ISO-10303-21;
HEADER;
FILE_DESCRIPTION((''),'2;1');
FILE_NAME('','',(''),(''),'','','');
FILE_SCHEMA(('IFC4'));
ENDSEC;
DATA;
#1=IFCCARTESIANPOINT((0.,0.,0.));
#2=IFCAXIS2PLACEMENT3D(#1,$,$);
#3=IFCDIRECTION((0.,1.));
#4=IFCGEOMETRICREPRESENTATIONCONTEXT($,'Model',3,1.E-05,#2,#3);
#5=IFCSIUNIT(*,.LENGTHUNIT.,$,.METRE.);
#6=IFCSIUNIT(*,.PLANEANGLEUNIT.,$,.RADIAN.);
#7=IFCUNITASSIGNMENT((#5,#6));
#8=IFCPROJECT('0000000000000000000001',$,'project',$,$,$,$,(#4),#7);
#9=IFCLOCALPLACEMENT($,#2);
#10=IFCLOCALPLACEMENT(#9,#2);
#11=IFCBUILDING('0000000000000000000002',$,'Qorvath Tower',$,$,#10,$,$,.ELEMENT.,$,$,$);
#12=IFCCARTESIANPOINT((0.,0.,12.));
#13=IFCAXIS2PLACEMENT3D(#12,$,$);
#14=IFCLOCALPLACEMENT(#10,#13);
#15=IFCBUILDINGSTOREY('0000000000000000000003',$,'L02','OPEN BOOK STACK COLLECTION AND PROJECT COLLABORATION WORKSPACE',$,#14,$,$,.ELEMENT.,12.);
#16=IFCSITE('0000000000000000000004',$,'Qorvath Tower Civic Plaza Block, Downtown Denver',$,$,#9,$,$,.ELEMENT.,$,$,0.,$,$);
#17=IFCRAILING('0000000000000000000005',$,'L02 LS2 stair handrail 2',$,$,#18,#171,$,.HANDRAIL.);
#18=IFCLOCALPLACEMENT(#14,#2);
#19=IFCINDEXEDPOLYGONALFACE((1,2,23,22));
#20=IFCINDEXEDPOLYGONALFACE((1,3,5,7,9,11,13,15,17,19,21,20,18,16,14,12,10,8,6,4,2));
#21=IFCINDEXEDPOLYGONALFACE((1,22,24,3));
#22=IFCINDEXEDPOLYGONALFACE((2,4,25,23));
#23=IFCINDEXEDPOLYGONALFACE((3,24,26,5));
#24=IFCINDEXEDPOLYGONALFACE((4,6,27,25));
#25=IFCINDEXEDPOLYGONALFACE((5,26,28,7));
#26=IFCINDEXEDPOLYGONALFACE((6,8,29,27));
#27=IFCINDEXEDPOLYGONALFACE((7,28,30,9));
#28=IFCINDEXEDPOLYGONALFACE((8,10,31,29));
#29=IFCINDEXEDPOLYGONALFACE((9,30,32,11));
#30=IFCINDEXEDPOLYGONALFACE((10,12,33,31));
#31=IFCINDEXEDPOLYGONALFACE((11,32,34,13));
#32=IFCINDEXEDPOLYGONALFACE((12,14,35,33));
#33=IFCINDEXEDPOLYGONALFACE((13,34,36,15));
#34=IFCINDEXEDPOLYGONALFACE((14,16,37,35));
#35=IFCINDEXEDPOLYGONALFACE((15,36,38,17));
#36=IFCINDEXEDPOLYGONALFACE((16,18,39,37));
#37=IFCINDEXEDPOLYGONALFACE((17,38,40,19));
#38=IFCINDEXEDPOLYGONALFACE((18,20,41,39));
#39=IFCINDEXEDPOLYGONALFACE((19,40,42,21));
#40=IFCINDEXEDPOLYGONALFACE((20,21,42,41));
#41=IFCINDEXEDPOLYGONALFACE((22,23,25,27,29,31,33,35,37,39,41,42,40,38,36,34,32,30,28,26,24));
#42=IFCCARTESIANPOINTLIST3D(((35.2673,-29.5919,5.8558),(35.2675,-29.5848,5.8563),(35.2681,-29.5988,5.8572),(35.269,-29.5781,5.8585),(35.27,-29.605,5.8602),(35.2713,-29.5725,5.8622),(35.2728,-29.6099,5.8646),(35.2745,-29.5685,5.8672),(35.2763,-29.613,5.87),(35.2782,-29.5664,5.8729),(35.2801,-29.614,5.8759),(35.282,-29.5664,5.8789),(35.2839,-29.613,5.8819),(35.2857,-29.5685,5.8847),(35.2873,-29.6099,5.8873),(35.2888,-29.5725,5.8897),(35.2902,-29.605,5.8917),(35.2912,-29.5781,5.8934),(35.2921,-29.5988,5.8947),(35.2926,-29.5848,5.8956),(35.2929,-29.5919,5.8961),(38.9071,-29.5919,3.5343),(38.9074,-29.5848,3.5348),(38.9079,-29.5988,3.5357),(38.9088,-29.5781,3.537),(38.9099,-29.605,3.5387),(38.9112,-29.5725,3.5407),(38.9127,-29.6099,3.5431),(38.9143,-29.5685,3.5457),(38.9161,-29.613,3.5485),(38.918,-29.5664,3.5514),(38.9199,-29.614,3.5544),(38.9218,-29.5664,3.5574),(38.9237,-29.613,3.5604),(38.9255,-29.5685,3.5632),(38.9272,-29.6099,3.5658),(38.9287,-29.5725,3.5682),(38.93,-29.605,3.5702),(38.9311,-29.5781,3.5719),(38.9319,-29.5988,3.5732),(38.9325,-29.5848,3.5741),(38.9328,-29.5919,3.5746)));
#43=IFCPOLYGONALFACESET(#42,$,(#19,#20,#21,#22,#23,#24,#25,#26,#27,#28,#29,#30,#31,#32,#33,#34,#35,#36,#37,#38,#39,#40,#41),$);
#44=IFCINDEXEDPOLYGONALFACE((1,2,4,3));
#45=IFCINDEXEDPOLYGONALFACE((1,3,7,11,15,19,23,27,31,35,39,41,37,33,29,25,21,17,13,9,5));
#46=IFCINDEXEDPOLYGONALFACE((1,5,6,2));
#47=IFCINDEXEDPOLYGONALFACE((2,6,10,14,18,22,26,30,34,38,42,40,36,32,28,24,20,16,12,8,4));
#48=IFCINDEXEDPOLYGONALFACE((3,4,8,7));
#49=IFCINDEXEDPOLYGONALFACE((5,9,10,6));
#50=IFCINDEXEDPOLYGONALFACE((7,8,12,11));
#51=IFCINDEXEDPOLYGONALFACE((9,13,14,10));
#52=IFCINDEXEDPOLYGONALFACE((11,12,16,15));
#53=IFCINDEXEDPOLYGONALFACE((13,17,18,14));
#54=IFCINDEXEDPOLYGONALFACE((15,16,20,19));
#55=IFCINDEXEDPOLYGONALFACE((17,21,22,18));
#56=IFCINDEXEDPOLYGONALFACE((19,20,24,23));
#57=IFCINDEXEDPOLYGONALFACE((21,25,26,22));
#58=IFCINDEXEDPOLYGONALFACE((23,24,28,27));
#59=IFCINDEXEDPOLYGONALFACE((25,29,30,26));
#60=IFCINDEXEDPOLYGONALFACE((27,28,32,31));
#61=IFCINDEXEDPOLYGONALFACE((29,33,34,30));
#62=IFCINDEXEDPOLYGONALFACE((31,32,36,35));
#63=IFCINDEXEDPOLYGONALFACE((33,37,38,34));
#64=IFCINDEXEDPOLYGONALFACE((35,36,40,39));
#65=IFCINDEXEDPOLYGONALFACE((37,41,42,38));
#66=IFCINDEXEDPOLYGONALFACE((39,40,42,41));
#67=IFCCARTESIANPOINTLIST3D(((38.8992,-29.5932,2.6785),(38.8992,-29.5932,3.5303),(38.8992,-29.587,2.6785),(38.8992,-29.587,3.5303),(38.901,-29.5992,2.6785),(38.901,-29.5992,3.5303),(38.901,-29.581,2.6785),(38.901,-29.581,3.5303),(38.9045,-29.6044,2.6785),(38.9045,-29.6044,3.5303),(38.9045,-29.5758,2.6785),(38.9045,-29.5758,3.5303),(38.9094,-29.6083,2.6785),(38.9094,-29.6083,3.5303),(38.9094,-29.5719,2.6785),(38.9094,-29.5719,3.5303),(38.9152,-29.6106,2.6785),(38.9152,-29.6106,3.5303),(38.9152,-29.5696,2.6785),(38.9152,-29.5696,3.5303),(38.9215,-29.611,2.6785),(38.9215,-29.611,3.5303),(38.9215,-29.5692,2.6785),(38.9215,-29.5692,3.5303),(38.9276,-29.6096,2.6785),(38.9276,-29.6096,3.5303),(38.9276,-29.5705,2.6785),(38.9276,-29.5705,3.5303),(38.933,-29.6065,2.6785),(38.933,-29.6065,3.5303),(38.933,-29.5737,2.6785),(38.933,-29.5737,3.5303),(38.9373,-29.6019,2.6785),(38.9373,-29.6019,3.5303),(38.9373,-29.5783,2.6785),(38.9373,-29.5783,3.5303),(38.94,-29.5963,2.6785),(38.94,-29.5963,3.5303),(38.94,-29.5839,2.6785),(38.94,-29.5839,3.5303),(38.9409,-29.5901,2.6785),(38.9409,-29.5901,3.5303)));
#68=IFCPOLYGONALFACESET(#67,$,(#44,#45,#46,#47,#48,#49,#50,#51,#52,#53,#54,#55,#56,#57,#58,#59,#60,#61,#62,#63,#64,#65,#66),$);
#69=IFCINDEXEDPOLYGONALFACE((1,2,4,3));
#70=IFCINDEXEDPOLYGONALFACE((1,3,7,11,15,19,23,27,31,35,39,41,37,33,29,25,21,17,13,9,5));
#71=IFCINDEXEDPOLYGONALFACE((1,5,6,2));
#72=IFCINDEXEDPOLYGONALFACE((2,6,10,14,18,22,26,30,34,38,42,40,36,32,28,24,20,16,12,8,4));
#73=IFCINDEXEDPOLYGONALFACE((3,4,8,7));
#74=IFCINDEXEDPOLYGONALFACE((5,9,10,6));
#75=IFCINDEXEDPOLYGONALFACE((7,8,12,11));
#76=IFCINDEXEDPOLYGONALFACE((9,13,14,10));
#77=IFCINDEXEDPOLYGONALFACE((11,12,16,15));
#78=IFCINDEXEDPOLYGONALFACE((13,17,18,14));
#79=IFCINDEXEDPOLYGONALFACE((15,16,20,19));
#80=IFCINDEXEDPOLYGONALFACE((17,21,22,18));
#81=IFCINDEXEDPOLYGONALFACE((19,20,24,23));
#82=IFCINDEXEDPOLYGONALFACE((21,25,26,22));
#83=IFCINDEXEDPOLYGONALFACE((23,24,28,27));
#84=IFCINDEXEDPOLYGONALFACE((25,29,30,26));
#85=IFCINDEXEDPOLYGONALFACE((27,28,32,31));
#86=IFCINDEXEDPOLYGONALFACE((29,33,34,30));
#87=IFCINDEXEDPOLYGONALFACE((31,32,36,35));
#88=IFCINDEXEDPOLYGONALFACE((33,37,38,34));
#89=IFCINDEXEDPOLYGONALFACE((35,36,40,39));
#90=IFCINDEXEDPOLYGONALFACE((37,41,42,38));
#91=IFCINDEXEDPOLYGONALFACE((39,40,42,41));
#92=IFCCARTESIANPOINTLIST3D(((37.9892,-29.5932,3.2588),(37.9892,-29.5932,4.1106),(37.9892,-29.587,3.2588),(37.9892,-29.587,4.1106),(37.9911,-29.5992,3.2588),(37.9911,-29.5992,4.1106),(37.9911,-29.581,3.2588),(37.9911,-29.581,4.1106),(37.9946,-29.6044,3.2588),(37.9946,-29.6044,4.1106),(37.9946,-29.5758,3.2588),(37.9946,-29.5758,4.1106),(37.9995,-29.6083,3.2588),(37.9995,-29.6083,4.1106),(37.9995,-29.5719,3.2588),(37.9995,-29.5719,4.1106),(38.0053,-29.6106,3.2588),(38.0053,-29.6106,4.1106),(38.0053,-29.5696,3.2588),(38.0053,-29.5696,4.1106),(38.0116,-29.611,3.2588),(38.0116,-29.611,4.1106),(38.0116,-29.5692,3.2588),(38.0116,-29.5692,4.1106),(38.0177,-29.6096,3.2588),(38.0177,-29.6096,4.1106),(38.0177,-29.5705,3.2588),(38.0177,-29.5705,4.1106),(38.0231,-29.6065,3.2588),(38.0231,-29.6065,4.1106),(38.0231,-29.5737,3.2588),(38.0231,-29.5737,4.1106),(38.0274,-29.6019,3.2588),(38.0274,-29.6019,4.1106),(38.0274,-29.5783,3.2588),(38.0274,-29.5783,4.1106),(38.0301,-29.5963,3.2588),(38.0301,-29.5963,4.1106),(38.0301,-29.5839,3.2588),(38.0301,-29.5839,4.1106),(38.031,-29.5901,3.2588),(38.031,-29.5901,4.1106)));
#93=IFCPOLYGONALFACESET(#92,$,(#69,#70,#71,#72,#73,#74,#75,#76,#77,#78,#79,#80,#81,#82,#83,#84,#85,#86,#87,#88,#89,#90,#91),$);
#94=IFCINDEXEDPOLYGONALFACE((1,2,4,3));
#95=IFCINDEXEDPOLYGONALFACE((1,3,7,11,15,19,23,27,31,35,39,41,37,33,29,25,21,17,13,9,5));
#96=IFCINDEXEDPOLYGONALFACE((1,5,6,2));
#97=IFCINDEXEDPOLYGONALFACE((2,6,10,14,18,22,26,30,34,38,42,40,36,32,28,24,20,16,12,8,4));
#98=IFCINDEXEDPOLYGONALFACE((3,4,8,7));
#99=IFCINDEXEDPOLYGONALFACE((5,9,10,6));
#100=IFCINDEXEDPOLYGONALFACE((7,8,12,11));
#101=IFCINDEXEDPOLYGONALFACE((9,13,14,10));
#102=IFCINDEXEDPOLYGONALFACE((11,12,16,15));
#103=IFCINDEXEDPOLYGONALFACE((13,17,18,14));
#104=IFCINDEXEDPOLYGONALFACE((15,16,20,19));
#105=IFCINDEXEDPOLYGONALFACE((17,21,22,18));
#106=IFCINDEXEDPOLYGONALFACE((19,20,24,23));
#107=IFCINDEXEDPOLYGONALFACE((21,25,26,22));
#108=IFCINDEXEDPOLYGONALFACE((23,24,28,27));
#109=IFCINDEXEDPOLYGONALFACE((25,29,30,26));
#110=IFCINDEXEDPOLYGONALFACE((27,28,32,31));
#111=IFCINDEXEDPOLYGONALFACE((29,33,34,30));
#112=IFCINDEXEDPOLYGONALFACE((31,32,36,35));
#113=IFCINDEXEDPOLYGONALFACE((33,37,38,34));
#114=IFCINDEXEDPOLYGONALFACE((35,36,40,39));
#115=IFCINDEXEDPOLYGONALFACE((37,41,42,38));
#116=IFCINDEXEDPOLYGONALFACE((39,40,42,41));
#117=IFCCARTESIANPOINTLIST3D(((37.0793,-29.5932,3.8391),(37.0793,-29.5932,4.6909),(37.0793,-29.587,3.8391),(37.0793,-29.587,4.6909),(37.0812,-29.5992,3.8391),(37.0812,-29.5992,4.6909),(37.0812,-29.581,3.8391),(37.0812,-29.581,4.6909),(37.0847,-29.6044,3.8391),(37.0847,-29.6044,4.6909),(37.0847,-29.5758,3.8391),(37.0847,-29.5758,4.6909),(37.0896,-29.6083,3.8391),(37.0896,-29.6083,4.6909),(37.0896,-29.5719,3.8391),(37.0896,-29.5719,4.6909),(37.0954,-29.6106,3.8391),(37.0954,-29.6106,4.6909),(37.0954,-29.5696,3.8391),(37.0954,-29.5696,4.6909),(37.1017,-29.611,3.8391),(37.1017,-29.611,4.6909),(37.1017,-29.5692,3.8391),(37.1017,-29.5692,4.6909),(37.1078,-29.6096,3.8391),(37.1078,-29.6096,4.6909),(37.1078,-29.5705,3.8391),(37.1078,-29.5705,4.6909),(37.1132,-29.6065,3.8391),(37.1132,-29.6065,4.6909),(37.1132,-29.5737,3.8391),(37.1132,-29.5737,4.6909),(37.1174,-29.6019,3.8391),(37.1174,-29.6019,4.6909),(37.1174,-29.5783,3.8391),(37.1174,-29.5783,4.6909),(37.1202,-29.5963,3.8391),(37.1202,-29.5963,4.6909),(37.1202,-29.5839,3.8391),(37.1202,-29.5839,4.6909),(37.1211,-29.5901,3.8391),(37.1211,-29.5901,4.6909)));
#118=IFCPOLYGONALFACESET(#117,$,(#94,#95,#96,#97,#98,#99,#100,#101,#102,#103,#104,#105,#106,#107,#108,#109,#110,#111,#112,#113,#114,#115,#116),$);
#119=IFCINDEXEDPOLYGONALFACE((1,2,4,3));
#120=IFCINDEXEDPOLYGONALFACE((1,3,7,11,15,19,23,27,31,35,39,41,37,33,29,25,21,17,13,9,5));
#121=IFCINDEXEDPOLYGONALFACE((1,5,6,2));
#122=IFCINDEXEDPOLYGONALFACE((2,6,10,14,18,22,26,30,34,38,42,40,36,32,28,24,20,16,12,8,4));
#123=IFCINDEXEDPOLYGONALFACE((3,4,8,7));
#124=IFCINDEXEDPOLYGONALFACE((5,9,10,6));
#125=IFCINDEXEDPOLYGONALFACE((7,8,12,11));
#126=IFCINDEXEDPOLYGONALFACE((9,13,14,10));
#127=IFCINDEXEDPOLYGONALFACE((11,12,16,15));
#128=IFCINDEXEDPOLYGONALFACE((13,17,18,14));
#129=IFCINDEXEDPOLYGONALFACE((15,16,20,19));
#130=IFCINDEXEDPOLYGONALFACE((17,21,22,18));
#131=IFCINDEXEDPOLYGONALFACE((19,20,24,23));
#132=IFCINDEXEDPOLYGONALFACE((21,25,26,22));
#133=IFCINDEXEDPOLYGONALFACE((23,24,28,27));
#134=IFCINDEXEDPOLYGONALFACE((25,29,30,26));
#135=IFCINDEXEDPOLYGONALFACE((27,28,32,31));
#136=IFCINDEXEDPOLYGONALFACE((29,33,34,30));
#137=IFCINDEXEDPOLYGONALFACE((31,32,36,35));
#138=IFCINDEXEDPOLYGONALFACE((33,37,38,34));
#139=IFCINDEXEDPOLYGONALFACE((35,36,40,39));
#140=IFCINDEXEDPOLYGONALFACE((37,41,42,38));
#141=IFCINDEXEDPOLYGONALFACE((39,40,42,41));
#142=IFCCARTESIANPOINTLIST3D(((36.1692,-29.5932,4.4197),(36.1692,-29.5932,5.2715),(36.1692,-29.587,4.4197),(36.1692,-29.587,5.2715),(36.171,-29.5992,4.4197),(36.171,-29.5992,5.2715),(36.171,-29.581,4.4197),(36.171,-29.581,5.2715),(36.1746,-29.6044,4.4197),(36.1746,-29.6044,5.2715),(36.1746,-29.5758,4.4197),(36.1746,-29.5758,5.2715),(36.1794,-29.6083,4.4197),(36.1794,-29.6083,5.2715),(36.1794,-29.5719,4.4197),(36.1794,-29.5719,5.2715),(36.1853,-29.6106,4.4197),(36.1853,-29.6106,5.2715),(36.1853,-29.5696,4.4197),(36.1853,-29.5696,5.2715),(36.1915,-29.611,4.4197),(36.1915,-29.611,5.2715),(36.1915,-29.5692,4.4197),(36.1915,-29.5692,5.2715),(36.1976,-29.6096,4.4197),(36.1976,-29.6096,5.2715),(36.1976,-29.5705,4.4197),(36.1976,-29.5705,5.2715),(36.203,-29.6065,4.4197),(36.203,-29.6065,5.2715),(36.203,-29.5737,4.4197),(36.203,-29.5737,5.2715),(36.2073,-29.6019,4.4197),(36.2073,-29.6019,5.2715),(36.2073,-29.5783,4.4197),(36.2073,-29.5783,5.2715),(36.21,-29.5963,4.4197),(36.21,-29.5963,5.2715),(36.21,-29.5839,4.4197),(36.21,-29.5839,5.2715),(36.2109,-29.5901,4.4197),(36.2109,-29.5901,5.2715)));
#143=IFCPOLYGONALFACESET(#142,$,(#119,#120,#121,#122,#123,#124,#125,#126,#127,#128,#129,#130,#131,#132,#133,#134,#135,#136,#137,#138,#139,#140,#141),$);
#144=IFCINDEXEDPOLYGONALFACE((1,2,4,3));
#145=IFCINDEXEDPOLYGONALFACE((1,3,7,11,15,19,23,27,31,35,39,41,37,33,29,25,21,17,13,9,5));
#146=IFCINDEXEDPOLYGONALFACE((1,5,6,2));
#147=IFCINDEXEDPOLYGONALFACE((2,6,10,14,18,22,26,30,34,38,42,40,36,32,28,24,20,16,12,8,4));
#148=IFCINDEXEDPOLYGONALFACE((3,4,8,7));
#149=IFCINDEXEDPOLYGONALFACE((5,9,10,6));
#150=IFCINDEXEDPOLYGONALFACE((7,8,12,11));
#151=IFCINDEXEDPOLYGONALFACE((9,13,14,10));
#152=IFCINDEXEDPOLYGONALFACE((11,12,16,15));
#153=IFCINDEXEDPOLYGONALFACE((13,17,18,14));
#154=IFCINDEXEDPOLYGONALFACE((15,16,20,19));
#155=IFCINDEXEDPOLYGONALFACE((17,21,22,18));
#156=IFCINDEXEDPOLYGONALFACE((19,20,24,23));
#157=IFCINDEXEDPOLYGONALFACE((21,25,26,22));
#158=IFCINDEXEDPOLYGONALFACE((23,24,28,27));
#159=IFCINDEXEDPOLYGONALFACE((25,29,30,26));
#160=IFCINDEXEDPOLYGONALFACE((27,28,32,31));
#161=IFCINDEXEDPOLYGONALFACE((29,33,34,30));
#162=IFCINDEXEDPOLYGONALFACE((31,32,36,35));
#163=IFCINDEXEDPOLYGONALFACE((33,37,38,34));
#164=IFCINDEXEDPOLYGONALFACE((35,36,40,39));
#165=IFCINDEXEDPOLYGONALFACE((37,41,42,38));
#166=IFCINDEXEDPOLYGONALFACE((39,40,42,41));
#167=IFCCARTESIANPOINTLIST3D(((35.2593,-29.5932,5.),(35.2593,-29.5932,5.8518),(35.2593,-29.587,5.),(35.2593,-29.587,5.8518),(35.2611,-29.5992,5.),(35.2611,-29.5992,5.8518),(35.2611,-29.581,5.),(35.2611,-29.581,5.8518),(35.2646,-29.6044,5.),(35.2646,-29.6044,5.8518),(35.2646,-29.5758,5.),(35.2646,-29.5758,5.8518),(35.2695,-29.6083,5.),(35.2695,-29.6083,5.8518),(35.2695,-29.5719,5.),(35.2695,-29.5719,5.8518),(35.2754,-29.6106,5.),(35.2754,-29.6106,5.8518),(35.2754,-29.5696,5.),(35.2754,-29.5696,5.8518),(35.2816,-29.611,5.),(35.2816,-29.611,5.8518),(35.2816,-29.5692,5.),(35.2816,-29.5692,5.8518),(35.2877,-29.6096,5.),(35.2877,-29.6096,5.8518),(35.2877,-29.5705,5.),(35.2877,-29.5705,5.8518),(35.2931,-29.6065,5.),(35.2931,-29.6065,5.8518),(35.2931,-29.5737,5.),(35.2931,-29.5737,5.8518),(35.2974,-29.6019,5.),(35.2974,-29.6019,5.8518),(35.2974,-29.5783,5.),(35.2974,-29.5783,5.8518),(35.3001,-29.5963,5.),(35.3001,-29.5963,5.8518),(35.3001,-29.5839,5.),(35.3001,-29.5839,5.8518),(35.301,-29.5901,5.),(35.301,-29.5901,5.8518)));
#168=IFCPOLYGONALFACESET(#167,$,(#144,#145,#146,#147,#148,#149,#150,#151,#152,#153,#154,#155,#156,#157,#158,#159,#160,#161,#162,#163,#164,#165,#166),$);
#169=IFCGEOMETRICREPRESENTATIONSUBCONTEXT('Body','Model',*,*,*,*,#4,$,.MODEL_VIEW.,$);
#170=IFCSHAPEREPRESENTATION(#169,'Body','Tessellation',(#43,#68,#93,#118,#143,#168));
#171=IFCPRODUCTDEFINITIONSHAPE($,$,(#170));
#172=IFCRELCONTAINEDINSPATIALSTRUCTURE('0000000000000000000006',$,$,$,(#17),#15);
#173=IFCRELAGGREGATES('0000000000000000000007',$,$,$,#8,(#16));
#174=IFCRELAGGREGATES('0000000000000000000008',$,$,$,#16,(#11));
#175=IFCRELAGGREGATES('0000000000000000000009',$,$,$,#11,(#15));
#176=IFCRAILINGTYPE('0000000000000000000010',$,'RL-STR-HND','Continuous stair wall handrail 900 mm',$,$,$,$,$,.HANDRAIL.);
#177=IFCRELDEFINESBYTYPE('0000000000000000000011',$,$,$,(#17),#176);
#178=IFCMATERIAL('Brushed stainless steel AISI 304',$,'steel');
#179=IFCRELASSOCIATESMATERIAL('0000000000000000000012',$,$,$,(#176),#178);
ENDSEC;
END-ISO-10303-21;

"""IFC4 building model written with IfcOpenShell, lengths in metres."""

from ifc_helpers import new_model, si_unit, direction, frame, origin, origin_2d, place, context, subcontext, project, spatial, circle, extrude, material, type_object, element, save


model = new_model("IFC4")

# Units and contexts
model_context = context("Model", 3, precision=1e-05, world=origin(), true_north=direction((0.0, 1.0)))
body_context = subcontext(model_context, "Body", "Model", "MODEL_VIEW")
ifc_project = project(units=[si_unit("LENGTHUNIT", "METRE"), si_unit("PLANEANGLEUNIT", "RADIAN")], contexts=[model_context])

# Site, building, storey
site_placement = place(None, origin())
site = spatial("IfcSite", under=ifc_project, at=site_placement, Name="Qorvath Tower Civic Plaza Block, Downtown Denver", CompositionType="ELEMENT", RefElevation=0.0)
building_placement = place(site_placement, origin())
building = spatial("IfcBuilding", under=site, at=building_placement, Name="Qorvath Tower", CompositionType="ELEMENT")
storey_placement = place(building_placement, frame((0.0, 0.0, 12.0)))
storey = spatial("IfcBuildingStorey", under=building, at=storey_placement, Name="L02", Description="OPEN BOOK STACK COLLECTION AND PROJECT COLLABORATION WORKSPACE", CompositionType="ELEMENT", Elevation=12.0)

# Railing
ifc_material_1 = material(Name="Brushed stainless steel AISI 304", Category="steel")
railing_type_1 = type_object("IfcRailingType", Name="RL-STR-HND", Description="Continuous stair wall handrail 900 mm", PredefinedType="HANDRAIL", material=ifc_material_1)
railing_1_placement = place(storey_placement, frame((38.9199, -29.5901, 2.6785)))
element("IfcRailing", 1, at=railing_1_placement, inside=storey, type_object=railing_type_1, Name="L02 LS2 stair handrail 2", PredefinedType="HANDRAIL", context=body_context, shape_type="SweptSolid", body=[
    extrude(circle(Radius=0.0239, at=origin_2d()), frame((0.0, 0.0, 0.876), z_axis=(-0.843112, 0.0, 0.537739), x_axis=(0.0, -1.0, 0.0)), (0.0, 0.0, 1.0), 4.3171),
    extrude(circle(Radius=0.021, at=origin_2d()), origin(), (0.0, 0.0, 1.0), 0.8518),
    extrude(circle(Radius=0.021, at=origin_2d()), frame((-0.9099, 0.0, 0.5803)), (0.0, 0.0, 1.0), 0.8518),
    extrude(circle(Radius=0.021, at=origin_2d()), frame((-1.8198, 0.0, 1.1606)), (0.0, 0.0, 1.0), 0.8518),
    extrude(circle(Radius=0.021, at=origin_2d()), frame((-2.73, 0.0, 1.7412)), (0.0, 0.0, 1.0), 0.8518),
    extrude(circle(Radius=0.021, at=origin_2d()), frame((-3.6399, 0.0, 2.3215)), (0.0, 0.0, 1.0), 0.8518),
])

save(model, "model.ifc")
